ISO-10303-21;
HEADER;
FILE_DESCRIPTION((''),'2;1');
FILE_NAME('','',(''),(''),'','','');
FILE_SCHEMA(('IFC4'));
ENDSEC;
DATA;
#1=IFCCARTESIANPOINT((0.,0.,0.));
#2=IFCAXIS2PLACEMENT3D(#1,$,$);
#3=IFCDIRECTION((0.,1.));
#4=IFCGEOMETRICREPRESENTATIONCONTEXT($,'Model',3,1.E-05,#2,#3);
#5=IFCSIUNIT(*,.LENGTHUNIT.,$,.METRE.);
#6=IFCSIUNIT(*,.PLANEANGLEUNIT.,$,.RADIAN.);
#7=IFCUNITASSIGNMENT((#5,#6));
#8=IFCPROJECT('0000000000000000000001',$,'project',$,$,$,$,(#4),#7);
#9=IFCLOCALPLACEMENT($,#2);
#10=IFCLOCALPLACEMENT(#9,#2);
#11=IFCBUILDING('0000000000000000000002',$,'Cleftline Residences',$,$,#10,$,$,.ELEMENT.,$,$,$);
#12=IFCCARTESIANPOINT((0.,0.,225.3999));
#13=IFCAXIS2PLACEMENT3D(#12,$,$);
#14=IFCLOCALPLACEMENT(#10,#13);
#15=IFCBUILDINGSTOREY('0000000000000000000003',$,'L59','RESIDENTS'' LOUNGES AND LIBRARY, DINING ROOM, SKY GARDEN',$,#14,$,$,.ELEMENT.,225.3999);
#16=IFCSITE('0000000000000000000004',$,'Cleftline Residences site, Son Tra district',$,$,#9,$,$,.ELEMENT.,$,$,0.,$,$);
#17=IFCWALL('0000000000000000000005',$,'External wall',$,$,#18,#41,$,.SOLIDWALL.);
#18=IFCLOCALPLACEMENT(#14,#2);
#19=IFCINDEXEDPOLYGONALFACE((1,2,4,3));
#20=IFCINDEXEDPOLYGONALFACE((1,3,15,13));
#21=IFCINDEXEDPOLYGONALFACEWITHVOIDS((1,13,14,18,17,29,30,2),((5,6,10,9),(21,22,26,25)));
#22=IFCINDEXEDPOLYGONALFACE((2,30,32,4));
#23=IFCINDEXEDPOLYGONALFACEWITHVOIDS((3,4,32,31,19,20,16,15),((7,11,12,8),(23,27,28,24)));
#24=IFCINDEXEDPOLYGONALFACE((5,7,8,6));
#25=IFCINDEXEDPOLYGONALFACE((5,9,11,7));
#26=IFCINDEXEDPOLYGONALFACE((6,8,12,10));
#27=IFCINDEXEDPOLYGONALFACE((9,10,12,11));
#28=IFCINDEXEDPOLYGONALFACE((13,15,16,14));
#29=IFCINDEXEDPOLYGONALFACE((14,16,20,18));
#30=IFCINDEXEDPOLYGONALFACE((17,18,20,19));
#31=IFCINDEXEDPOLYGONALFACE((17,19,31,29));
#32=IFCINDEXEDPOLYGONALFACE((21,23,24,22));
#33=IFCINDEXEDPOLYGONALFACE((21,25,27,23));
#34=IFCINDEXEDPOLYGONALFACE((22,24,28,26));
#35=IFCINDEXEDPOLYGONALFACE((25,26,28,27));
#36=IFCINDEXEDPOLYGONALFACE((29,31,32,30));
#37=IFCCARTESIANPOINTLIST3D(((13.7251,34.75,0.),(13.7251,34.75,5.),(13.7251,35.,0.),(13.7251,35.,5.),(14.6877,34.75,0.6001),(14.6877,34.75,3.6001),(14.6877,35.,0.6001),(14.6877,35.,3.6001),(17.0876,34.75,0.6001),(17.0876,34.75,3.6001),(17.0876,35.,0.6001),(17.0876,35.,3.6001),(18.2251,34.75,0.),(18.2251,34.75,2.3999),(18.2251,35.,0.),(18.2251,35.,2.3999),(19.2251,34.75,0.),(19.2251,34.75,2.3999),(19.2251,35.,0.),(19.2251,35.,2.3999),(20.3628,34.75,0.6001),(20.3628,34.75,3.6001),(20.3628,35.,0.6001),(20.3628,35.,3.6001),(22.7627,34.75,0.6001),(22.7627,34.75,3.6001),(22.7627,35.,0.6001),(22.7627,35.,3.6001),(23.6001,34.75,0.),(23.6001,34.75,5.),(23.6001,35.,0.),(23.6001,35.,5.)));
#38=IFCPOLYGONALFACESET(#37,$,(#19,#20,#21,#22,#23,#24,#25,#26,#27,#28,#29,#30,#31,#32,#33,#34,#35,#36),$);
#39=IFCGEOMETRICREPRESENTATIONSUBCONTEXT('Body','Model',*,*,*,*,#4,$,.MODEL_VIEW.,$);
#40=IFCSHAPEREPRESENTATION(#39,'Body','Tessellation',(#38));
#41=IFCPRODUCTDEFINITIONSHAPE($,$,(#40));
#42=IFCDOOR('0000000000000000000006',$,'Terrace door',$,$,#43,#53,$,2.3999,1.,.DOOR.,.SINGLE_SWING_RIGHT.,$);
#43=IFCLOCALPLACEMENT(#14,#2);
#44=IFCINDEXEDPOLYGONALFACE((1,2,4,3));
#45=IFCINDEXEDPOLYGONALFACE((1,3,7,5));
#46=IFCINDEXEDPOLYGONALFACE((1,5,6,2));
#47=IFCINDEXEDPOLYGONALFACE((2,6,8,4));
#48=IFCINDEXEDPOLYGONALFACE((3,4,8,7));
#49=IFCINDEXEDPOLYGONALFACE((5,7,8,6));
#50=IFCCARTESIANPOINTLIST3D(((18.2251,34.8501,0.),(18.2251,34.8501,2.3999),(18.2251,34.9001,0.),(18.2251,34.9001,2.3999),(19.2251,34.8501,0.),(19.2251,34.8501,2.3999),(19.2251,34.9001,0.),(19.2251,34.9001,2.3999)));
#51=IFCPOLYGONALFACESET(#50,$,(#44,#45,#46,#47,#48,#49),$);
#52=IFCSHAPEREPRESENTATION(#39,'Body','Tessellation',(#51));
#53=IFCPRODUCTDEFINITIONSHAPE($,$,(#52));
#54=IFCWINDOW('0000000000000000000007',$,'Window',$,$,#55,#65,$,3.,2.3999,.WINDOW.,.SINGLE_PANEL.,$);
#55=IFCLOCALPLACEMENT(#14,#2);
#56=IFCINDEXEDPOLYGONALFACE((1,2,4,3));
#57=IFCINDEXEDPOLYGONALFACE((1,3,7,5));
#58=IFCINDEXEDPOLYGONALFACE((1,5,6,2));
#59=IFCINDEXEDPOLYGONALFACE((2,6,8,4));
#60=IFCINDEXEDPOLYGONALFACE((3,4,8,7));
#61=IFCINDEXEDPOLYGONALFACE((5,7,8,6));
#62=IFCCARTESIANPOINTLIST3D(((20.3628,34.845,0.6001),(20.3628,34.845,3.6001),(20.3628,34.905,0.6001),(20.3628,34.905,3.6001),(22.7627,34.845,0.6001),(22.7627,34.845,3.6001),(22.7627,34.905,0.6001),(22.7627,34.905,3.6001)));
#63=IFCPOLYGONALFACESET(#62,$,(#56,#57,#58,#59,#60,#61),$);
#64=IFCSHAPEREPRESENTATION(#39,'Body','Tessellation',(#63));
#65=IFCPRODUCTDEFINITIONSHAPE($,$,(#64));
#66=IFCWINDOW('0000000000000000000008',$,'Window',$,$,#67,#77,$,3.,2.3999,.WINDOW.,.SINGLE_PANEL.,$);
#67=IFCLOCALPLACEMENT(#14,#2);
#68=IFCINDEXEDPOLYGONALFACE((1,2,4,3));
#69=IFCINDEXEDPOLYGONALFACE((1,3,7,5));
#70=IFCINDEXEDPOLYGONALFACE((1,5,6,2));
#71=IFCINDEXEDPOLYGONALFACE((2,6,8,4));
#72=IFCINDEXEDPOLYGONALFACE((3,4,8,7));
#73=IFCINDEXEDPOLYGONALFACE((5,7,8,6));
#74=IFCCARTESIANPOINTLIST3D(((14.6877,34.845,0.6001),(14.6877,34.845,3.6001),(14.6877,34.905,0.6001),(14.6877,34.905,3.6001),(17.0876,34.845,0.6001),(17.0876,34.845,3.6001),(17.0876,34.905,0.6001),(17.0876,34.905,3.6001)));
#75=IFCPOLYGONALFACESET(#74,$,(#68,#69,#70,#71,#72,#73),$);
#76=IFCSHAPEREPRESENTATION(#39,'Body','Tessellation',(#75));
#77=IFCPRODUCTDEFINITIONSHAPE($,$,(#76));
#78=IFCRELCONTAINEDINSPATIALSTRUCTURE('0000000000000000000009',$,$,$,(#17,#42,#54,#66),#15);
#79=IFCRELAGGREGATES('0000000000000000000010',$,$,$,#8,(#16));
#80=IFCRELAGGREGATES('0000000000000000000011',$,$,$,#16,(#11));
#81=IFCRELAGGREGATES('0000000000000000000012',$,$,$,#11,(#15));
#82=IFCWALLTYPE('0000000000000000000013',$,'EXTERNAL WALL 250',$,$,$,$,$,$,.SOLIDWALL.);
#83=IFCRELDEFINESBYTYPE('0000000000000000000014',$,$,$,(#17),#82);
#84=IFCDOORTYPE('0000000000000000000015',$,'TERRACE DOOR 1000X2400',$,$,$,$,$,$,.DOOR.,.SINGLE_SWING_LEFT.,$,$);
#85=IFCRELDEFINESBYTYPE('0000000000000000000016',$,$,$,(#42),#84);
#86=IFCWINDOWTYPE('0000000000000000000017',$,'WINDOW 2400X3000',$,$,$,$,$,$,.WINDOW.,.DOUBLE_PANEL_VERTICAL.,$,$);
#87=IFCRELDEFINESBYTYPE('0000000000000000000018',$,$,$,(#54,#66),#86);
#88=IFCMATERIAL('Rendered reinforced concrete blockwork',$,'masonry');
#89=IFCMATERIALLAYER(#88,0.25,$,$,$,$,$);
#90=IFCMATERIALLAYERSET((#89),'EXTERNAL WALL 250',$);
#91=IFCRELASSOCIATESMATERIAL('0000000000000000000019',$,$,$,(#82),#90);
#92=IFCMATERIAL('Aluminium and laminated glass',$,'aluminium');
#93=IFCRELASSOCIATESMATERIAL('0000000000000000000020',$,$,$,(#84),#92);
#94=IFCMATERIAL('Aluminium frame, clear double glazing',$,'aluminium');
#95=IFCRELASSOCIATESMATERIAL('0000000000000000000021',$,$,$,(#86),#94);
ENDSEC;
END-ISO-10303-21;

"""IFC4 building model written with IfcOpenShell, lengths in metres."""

from ifc_helpers import new_model, si_unit, direction, frame, frame_2d, origin, place, context, subcontext, project, spatial, rectangle, extrude, material, layer, layer_set, type_object, element, fill, save


model = new_model("IFC4")

# Units and contexts
model_context = context("Model", 3, precision=1e-05, world=origin(), true_north=direction((0.0, 1.0)))
body_context = subcontext(model_context, "Body", "Model", "MODEL_VIEW")
ifc_project = project(units=[si_unit("LENGTHUNIT", "METRE"), si_unit("PLANEANGLEUNIT", "RADIAN")], contexts=[model_context])

# Site, building, storey
site_placement = place(None, origin())
site = spatial("IfcSite", under=ifc_project, at=site_placement, Name="Cleftline Residences site, Son Tra district", CompositionType="ELEMENT", RefElevation=0.0)
building_placement = place(site_placement, origin())
building = spatial("IfcBuilding", under=site, at=building_placement, Name="Cleftline Residences", CompositionType="ELEMENT")
storey_placement = place(building_placement, frame((0.0, 0.0, 225.3999)))
storey = spatial("IfcBuildingStorey", under=building, at=storey_placement, Name="L59", Description="RESIDENTS' LOUNGES AND LIBRARY, DINING ROOM, SKY GARDEN", CompositionType="ELEMENT", Elevation=225.3999)

# Wall, openings, door, windows
ifc_material_1 = material(Name="Rendered reinforced concrete blockwork", Category="masonry")
ifc_layer_1 = layer(ifc_material_1, 0.25)
ifc_layer_set_1 = layer_set([ifc_layer_1], Name="EXTERNAL WALL 250")
wall_type_1 = type_object("IfcWallType", Name="EXTERNAL WALL 250", PredefinedType="SOLIDWALL", material=ifc_layer_set_1)
wall_1_placement = place(storey_placement, frame((23.6001, 34.875, 0.0), z_axis=(0.0, 0.0, 1.0), x_axis=(-1.0, 0.0, 0.0)))
wall_1 = element("IfcWall", 1, at=wall_1_placement, inside=storey, type_object=wall_type_1, Name="External wall", PredefinedType="SOLIDWALL", context=body_context, shape_type="SweptSolid", body=[
    extrude(rectangle(XDim=9.875, YDim=0.25, at=frame_2d((4.9375, 0.0))), origin(), (0.0, 0.0, 1.0), 5.0),
])
opening_1_placement = place(wall_1_placement, frame((4.375, 0.0, 0.0)))
opening_1 = element("IfcOpeningElement", 2, at=opening_1_placement, cuts=wall_1, PredefinedType="OPENING", context=body_context, shape_type="SweptSolid", body=[
    extrude(rectangle(XDim=1.0, YDim=2.3999, at=frame_2d((0.5, 1.2))), frame((0.0, 0.135, 0.0), z_axis=(0.0, -1.0, 0.0), x_axis=(1.0, 0.0, 0.0)), (0.0, 0.0, 1.0), 0.27),
])
opening_2_placement = place(wall_1_placement, frame((0.8374, 0.0, 0.6001)))
opening_2 = element("IfcOpeningElement", 3, at=opening_2_placement, cuts=wall_1, PredefinedType="OPENING", context=body_context, shape_type="SweptSolid", body=[
    extrude(rectangle(XDim=2.3999, YDim=3.0, at=frame_2d((1.2, 1.5))), frame((0.0, 0.135, 0.0), z_axis=(0.0, -1.0, 0.0), x_axis=(1.0, 0.0, 0.0)), (0.0, 0.0, 1.0), 0.27),
])
opening_3_placement = place(wall_1_placement, frame((6.5125, 0.0, 0.6001)))
opening_3 = element("IfcOpeningElement", 4, at=opening_3_placement, cuts=wall_1, PredefinedType="OPENING", context=body_context, shape_type="SweptSolid", body=[
    extrude(rectangle(XDim=2.3999, YDim=3.0, at=frame_2d((1.2, 1.5))), frame((0.0, 0.135, 0.0), z_axis=(0.0, -1.0, 0.0), x_axis=(1.0, 0.0, 0.0)), (0.0, 0.0, 1.0), 0.27),
])
ifc_material_2 = material(Name="Aluminium and laminated glass", Category="aluminium")
door_type_1 = type_object("IfcDoorType", Name="TERRACE DOOR 1000X2400", OperationType="SINGLE_SWING_LEFT", PredefinedType="DOOR", material=ifc_material_2)
door_1_placement = place(opening_1_placement, origin())
door_1 = element("IfcDoor", 5, at=door_1_placement, inside=storey, type_object=door_type_1, Name="Terrace door", OperationType="SINGLE_SWING_RIGHT", OverallHeight=2.3999, OverallWidth=1.0, PredefinedType="DOOR", context=body_context, shape_type="SweptSolid", body=[
    extrude(rectangle(XDim=1.0, YDim=2.3999, at=frame_2d((0.5, 1.2))), frame((0.0, 0.0249, 0.0), z_axis=(0.0, -1.0, 0.0), x_axis=(1.0, 0.0, 0.0)), (0.0, 0.0, 1.0), 0.05),
])
fill(opening_1, door_1)
ifc_material_3 = material(Name="Aluminium frame, clear double glazing", Category="aluminium")
window_type = type_object("IfcWindowType", Name="WINDOW 2400X3000", PartitioningType="DOUBLE_PANEL_VERTICAL", PredefinedType="WINDOW", material=ifc_material_3)
window_1_placement = place(opening_2_placement, origin())
window_1 = element("IfcWindow", 6, at=window_1_placement, inside=storey, type_object=window_type, Name="Window", OverallHeight=3.0, OverallWidth=2.3999, PartitioningType="SINGLE_PANEL", PredefinedType="WINDOW", context=body_context, shape_type="SweptSolid", body=[
    extrude(rectangle(XDim=2.3999, YDim=3.0, at=frame_2d((1.2, 1.5))), frame((0.0, 0.03, 0.0), z_axis=(0.0, -1.0, 0.0), x_axis=(1.0, 0.0, 0.0)), (0.0, 0.0, 1.0), 0.0601),
])
fill(opening_2, window_1)
window_2_placement = place(opening_3_placement, origin())
window_2 = element("IfcWindow", 7, at=window_2_placement, inside=storey, type_object=window_type, Name="Window", OverallHeight=3.0, OverallWidth=2.3999, PartitioningType="SINGLE_PANEL", PredefinedType="WINDOW", context=body_context, shape_type="SweptSolid", body=[
    extrude(rectangle(XDim=2.3999, YDim=3.0, at=frame_2d((1.2, 1.5))), frame((0.0, 0.03, 0.0), z_axis=(0.0, -1.0, 0.0), x_axis=(1.0, 0.0, 0.0)), (0.0, 0.0, 1.0), 0.0601),
])
fill(opening_3, window_2)

save(model, "model.ifc")
